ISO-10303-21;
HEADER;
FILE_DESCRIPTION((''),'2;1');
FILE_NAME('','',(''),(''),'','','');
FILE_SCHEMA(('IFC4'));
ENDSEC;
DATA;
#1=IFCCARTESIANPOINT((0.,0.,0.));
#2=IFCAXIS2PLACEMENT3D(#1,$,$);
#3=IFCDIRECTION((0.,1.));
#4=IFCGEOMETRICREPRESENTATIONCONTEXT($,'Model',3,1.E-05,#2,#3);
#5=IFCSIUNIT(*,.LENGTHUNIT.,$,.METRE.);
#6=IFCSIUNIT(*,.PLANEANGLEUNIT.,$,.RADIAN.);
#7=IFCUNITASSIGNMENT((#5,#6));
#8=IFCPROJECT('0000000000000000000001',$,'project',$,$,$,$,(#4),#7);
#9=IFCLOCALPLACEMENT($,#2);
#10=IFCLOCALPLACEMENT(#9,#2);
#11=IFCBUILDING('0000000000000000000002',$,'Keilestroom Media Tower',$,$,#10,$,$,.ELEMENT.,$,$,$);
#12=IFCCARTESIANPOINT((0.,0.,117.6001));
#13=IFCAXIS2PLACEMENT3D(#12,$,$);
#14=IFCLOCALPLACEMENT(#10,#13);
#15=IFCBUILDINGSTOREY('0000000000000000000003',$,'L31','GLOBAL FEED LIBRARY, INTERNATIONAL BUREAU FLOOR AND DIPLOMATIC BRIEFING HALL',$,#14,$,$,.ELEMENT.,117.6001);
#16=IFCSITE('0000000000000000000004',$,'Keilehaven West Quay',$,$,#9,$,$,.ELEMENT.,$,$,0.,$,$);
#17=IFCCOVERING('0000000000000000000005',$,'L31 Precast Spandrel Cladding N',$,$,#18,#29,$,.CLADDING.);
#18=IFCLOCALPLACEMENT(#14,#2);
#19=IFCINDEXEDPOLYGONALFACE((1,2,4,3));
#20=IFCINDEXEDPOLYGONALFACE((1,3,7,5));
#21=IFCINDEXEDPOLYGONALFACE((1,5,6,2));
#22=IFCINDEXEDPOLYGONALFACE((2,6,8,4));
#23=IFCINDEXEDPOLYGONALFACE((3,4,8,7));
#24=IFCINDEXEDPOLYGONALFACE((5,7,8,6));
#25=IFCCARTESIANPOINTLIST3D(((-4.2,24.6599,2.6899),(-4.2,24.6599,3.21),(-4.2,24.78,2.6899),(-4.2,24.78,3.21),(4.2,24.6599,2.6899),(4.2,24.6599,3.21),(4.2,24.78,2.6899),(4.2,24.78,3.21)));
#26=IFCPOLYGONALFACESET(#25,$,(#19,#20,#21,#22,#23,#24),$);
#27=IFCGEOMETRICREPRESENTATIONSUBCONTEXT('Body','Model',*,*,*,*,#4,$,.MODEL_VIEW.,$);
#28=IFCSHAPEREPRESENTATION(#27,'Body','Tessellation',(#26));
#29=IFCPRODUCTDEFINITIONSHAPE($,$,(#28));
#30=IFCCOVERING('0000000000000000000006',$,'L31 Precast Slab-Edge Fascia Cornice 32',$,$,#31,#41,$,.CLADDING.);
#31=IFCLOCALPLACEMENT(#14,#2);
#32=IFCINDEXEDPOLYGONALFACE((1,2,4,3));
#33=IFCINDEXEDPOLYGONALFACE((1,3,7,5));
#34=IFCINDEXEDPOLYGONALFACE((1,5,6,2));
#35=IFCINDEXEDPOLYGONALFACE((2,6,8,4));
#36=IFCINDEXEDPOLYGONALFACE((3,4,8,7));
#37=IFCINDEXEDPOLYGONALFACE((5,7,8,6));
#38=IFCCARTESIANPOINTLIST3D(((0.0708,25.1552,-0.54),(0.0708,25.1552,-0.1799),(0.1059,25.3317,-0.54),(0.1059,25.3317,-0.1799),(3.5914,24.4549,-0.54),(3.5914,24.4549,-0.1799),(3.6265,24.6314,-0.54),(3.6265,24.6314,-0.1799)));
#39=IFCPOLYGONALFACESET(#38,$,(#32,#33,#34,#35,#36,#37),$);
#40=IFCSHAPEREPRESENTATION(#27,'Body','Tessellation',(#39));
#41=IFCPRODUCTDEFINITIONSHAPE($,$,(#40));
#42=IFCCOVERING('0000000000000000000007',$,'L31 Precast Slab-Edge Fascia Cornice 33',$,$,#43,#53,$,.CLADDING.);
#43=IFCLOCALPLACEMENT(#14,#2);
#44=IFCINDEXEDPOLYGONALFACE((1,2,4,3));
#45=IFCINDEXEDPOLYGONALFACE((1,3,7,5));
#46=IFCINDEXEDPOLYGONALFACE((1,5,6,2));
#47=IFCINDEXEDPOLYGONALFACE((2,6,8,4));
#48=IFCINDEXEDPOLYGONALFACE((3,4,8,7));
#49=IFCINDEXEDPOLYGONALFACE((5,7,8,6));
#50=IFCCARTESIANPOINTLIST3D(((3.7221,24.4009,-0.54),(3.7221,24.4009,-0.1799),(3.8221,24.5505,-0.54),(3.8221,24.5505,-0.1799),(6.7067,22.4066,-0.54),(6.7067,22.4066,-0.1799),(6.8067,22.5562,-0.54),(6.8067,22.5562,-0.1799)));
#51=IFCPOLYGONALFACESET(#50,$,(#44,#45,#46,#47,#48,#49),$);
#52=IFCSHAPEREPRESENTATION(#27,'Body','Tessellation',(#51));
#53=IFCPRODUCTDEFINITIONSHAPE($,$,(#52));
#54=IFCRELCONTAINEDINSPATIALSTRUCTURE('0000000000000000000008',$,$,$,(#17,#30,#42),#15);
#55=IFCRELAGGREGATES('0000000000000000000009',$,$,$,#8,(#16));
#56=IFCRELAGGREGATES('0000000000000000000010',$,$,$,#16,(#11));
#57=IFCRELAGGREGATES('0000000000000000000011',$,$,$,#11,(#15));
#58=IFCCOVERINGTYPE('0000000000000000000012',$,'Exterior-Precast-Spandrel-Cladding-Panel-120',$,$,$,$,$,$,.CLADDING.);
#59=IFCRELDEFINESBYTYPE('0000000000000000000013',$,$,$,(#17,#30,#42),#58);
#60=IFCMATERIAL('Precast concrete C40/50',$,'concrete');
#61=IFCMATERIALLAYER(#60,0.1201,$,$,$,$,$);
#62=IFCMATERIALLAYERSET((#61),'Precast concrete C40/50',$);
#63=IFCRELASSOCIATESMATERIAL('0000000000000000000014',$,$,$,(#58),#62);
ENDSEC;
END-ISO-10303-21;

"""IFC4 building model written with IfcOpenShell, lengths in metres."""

from ifc_helpers import new_model, si_unit, direction, frame, origin, origin_2d, place, context, subcontext, project, spatial, rectangle, extrude, source, transform, mapped, material, layer, layer_set, type_object, element, save


model = new_model("IFC4")

# Units and contexts
model_context = context("Model", 3, precision=1e-05, world=origin(), true_north=direction((0.0, 1.0)))
body_context = subcontext(model_context, "Body", "Model", "MODEL_VIEW")
ifc_project = project(units=[si_unit("LENGTHUNIT", "METRE"), si_unit("PLANEANGLEUNIT", "RADIAN")], contexts=[model_context])

# Site, building, storey
site_placement = place(None, origin())
site = spatial("IfcSite", under=ifc_project, at=site_placement, Name="Keilehaven West Quay", CompositionType="ELEMENT", RefElevation=0.0)
building_placement = place(site_placement, origin())
building = spatial("IfcBuilding", under=site, at=building_placement, Name="Keilestroom Media Tower", CompositionType="ELEMENT")
storey_placement = place(building_placement, frame((0.0, 0.0, 117.6001)))
storey = spatial("IfcBuildingStorey", under=building, at=storey_placement, Name="L31", Description="GLOBAL FEED LIBRARY, INTERNATIONAL BUREAU FLOOR AND DIPLOMATIC BRIEFING HALL", CompositionType="ELEMENT", Elevation=117.6001)

# Coverings
ifc_material_1 = material(Name="Precast concrete C40/50", Category="concrete")
ifc_layer_1 = layer(ifc_material_1, 0.1201)
ifc_layer_set_1 = layer_set([ifc_layer_1], Name="Precast concrete C40/50")
covering_type = type_object("IfcCoveringType", Name="Exterior-Precast-Spandrel-Cladding-Panel-120", PredefinedType="CLADDING", material=ifc_layer_set_1)
shared_shape_1 = source(origin(), body_context, "Body", "SweptSolid", [
    extrude(rectangle(XDim=8.3999, YDim=0.1201, at=origin_2d()), origin(), (0.0, 0.0, 1.0), 0.52),
])
covering_placement = place(storey_placement, frame((0.0, 24.72, 2.6899), z_axis=(0.0, 0.0, 1.0), x_axis=(1.0, 0.0, 0.0)))
element("IfcCovering", 1, at=covering_placement, inside=storey, type_object=covering_type, Name="L31 Precast Spandrel Cladding N", PredefinedType="CLADDING", context=body_context, shape_type="MappedRepresentation", body=[
    mapped(shared_shape_1, transform((0.0, 0.0, 0.0), x_axis=(1.0, 0.0, 0.0), y_axis=(0.0, 1.0, 0.0), z_axis=(0.0, 0.0, 1.0), scale=1.0)),
])
shared_shape_2 = source(origin(), body_context, "Body", "SweptSolid", [
    extrude(rectangle(XDim=3.5896, YDim=0.1799, at=origin_2d()), origin(), (0.0, 0.0, 1.0), 0.3601),
])
for number, where, z_axis, x_axis, name in (
    (2, (1.8486, 24.8933, -0.54), (0.0, 0.0, 1.0), (0.980784, -0.195099, 0.0), "L31 Precast Slab-Edge Fascia Cornice 32"),
    (3, (5.2644, 23.4785, -0.54), (0.0, 0.0, 1.0), (0.831467, -0.555575, 0.0), "L31 Precast Slab-Edge Fascia Cornice 33"),
):
    element("IfcCovering", number, at=place(storey_placement, frame(where, z_axis=z_axis, x_axis=x_axis)), inside=storey, type_object=covering_type, Name=name, PredefinedType="CLADDING", context=body_context, shape_type="MappedRepresentation", body=[
        mapped(shared_shape_2, transform((0.0, 0.0, 0.0), x_axis=(1.0, 0.0, 0.0), y_axis=(0.0, 1.0, 0.0), z_axis=(0.0, 0.0, 1.0), scale=1.0)),
    ])

save(model, "model.ifc")
